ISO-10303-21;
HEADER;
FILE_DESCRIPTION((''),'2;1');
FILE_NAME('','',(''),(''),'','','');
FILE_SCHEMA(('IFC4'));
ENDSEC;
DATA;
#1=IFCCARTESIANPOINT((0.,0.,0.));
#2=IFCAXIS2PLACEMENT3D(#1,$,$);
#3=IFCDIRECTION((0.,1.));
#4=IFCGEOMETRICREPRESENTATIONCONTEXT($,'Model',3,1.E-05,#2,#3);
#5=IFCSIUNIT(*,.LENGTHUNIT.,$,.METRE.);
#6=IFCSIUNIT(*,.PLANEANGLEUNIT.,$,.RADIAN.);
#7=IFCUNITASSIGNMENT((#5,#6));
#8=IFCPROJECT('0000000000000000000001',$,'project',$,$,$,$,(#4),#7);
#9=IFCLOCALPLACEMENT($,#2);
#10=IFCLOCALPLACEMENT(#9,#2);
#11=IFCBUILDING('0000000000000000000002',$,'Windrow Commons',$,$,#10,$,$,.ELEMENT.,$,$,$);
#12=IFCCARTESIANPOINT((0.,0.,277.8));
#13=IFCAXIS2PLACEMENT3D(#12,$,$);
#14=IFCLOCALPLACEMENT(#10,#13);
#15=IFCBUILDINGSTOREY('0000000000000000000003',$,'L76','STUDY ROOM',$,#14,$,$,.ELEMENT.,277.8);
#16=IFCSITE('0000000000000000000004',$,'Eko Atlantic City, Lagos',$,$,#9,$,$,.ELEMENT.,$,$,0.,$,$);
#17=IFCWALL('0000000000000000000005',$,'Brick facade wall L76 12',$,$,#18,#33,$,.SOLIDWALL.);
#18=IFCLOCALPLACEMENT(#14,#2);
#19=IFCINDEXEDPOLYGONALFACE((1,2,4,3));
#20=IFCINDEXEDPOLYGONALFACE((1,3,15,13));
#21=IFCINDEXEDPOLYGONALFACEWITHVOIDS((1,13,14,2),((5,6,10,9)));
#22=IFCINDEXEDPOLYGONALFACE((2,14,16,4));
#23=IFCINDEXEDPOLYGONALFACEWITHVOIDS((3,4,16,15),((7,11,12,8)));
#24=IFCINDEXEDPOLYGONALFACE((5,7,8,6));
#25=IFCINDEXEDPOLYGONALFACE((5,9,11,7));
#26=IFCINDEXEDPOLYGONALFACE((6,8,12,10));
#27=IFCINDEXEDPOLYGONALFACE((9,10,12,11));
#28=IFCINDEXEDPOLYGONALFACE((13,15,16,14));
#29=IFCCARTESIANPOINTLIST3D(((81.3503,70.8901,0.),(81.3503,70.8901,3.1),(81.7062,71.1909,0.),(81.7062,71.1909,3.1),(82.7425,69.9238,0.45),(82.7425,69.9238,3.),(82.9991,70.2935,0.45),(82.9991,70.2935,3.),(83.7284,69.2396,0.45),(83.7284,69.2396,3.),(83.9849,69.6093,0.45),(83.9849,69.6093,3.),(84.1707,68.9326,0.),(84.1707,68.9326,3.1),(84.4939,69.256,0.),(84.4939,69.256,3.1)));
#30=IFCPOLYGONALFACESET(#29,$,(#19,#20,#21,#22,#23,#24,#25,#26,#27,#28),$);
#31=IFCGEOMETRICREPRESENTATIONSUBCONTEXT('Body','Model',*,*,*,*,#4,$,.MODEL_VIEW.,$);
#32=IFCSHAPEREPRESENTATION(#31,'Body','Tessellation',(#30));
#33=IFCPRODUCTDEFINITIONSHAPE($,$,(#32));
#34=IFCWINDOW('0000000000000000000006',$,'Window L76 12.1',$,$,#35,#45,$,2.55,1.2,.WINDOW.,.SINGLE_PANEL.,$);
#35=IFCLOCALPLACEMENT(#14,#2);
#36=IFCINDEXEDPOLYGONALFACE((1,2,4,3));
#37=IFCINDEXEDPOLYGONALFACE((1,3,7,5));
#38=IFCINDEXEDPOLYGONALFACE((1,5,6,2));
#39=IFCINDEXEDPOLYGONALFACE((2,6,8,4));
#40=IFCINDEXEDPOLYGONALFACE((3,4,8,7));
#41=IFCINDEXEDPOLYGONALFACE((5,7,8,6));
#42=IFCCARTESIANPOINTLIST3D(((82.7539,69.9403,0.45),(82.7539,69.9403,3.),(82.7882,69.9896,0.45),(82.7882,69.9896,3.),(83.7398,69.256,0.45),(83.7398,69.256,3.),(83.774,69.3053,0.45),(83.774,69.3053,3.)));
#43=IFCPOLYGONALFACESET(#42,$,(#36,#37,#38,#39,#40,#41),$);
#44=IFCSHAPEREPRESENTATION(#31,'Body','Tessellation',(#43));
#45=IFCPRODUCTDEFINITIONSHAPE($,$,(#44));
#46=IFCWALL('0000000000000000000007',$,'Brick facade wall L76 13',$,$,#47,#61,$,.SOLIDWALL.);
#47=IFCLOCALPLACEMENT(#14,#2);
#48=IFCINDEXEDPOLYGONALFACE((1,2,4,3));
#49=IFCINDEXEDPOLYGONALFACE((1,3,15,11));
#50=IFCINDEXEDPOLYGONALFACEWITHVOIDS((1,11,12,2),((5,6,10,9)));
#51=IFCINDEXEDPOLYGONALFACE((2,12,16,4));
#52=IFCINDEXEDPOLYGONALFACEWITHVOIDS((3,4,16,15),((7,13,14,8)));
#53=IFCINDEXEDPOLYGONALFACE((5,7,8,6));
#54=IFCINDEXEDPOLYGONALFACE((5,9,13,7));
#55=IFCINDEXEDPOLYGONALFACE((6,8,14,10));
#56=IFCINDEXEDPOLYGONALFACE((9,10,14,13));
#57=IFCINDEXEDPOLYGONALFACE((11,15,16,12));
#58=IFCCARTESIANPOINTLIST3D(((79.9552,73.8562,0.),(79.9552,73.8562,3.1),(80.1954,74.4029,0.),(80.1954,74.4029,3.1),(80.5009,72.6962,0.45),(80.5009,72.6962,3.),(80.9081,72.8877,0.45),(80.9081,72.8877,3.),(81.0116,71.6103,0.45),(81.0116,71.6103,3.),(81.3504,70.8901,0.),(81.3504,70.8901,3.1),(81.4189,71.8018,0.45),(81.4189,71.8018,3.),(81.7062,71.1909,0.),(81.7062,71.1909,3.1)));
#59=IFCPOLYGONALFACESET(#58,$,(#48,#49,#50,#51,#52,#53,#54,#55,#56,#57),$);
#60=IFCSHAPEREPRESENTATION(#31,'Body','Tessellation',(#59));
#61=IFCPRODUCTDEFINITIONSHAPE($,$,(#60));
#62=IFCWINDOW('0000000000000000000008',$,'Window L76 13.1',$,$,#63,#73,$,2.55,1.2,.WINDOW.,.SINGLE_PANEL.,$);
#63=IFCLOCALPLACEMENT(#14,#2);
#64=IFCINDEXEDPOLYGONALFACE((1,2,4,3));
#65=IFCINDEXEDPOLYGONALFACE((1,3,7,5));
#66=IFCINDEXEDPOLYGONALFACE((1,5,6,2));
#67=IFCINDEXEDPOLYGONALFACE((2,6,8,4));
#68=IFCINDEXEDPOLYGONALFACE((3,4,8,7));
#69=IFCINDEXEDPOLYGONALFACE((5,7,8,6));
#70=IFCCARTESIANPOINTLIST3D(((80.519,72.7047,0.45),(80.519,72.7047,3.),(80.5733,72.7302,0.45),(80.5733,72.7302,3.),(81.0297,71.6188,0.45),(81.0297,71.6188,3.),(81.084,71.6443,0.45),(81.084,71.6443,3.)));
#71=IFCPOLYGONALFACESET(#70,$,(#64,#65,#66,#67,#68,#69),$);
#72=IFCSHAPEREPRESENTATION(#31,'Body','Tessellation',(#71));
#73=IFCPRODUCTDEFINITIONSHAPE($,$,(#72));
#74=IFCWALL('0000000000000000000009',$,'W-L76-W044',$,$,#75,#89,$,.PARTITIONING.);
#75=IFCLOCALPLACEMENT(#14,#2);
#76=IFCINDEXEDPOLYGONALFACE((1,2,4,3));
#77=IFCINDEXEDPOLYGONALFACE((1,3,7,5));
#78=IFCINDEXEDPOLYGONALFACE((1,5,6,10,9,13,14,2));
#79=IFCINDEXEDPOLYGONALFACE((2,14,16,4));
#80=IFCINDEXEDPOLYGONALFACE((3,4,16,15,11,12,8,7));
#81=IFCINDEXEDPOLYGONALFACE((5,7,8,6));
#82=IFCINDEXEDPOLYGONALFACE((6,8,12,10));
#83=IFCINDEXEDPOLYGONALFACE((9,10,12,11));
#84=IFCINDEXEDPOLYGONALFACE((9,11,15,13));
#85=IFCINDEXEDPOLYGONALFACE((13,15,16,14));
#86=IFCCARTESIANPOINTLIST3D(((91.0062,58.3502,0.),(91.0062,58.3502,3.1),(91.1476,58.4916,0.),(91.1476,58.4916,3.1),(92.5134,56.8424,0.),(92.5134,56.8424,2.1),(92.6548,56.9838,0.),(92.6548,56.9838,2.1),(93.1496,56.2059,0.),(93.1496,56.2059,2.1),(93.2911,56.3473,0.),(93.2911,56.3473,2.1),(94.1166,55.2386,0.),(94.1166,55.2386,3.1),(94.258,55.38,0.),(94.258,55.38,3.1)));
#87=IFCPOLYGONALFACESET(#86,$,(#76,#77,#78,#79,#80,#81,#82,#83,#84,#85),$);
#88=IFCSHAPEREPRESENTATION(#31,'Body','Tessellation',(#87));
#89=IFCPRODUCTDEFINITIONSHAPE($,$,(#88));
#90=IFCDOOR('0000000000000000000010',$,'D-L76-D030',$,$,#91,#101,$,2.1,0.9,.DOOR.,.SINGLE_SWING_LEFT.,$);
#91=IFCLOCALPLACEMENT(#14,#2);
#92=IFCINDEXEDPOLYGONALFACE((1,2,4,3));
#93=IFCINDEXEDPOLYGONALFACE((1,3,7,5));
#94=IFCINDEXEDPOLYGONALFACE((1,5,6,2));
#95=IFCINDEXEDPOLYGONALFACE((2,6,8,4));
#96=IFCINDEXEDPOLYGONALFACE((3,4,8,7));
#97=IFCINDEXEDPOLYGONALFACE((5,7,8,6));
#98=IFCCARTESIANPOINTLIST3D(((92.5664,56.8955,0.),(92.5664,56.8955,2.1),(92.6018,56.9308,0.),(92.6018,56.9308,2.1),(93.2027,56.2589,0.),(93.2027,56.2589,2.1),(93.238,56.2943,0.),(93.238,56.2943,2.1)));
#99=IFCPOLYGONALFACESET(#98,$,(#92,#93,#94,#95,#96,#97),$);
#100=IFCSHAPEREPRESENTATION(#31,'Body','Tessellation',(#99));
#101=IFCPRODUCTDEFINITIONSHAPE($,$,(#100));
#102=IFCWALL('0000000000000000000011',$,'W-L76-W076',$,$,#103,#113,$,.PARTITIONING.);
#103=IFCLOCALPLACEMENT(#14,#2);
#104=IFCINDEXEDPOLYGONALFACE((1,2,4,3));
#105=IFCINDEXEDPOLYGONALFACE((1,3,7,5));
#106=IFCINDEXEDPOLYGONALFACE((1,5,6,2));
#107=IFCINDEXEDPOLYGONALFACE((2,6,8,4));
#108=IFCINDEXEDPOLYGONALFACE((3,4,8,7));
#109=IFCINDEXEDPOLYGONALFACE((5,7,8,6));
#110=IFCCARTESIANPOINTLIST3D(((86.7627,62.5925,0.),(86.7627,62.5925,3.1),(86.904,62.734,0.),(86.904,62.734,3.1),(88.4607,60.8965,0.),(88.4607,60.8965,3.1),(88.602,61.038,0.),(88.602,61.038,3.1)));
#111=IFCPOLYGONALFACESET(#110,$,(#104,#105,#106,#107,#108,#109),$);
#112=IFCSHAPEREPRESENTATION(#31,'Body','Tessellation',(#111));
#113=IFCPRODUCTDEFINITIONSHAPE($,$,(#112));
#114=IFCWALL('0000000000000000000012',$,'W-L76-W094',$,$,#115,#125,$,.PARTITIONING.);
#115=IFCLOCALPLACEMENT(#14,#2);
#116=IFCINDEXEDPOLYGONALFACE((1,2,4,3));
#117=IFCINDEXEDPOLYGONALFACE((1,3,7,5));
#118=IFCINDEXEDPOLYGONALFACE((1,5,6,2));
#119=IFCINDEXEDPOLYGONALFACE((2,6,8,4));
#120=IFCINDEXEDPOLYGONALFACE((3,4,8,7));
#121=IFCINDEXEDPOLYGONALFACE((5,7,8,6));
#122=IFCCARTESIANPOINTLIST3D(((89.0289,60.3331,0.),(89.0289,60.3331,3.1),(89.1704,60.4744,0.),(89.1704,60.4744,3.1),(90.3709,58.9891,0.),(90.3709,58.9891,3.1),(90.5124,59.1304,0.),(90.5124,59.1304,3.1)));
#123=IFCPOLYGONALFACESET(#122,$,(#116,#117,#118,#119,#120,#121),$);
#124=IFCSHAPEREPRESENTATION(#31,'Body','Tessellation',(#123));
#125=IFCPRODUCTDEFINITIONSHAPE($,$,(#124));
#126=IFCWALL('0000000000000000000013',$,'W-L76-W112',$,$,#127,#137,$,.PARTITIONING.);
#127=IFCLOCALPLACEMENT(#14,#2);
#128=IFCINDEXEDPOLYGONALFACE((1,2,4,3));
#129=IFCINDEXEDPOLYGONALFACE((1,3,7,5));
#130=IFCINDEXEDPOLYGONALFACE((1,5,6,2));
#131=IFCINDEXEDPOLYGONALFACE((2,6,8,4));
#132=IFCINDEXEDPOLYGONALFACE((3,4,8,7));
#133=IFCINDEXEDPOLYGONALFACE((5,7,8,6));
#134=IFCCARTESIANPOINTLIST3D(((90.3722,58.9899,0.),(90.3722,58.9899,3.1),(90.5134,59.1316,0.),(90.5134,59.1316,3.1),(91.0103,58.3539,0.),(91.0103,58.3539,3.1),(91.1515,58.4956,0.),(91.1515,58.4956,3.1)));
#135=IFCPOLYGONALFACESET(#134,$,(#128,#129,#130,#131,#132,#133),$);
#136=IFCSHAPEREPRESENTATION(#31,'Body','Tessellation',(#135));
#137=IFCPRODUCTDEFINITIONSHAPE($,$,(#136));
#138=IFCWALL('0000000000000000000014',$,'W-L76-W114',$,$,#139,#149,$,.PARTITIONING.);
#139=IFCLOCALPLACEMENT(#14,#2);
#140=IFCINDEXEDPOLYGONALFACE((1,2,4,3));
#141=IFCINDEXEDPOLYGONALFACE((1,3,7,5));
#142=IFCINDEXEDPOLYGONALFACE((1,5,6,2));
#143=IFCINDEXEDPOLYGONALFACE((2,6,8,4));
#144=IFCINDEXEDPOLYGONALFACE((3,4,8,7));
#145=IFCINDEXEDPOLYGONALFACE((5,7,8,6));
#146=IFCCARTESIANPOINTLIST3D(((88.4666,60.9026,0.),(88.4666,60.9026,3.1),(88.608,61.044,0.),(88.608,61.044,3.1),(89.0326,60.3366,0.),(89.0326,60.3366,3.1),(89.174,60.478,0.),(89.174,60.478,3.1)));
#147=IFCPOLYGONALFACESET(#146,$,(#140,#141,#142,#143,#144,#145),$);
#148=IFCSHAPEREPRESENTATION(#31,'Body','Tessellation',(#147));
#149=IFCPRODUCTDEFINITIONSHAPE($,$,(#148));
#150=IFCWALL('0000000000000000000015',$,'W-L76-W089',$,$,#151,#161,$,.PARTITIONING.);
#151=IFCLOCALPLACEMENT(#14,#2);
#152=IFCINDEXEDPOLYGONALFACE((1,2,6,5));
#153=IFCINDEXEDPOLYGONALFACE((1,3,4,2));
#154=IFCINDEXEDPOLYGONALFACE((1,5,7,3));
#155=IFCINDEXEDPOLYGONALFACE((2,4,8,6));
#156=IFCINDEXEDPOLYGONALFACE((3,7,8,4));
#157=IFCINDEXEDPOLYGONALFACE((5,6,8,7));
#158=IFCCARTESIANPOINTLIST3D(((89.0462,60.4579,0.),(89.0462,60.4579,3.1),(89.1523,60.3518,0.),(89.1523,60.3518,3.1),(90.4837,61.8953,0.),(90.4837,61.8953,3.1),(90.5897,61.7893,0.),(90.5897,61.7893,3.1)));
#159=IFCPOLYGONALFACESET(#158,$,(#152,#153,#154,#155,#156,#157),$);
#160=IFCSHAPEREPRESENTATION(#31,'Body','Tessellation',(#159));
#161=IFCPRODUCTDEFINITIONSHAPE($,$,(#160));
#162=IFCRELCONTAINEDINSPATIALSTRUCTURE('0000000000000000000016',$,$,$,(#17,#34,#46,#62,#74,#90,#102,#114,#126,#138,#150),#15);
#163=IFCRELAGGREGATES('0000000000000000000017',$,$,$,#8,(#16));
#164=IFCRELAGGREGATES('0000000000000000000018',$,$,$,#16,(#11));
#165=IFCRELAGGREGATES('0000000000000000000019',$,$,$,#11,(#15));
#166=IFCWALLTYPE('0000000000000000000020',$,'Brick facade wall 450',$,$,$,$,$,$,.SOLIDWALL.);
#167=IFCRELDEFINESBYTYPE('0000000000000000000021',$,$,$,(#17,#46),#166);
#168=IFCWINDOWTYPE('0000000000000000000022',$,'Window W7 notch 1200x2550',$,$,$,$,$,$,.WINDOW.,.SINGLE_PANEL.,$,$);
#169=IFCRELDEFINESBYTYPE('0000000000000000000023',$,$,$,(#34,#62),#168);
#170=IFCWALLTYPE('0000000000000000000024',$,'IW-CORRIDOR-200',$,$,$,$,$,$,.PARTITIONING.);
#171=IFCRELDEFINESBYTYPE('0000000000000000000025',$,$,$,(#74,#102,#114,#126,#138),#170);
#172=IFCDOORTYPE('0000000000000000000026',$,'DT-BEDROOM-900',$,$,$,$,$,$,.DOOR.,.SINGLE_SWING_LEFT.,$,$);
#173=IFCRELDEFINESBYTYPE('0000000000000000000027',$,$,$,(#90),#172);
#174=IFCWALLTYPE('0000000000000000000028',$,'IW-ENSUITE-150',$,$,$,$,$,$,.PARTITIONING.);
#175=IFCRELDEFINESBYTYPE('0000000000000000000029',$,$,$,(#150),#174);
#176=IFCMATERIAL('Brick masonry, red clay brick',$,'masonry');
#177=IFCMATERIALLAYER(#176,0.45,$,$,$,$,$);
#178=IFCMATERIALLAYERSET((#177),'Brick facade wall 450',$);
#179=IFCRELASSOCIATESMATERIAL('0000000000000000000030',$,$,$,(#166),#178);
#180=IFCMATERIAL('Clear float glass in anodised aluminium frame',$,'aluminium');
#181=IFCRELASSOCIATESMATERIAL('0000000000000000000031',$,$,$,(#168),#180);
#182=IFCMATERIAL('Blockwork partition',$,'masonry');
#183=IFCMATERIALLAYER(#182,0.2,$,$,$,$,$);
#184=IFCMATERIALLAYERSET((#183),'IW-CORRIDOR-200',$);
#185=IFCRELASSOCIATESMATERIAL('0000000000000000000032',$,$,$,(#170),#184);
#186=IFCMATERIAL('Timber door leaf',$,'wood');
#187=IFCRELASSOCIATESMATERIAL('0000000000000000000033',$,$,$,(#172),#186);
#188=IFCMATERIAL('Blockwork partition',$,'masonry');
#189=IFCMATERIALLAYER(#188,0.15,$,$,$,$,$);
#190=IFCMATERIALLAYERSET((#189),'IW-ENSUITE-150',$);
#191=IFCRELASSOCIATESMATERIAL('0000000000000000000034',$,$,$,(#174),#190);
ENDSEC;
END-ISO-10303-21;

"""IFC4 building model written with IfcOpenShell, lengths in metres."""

from ifc_helpers import new_model, si_unit, direction, frame, frame_2d, origin, place, context, subcontext, project, spatial, polyline, rectangle, outline, extrude, material, layer, layer_set, type_object, element, fill, save


model = new_model("IFC4")

# Units and contexts
model_context = context("Model", 3, precision=1e-05, world=origin(), true_north=direction((0.0, 1.0)))
body_context = subcontext(model_context, "Body", "Model", "MODEL_VIEW")
ifc_project = project(units=[si_unit("LENGTHUNIT", "METRE"), si_unit("PLANEANGLEUNIT", "RADIAN")], contexts=[model_context])

# Site, building, storey
site_placement = place(None, origin())
site = spatial("IfcSite", under=ifc_project, at=site_placement, Name="Eko Atlantic City, Lagos", CompositionType="ELEMENT", RefElevation=0.0)
building_placement = place(site_placement, origin())
building = spatial("IfcBuilding", under=site, at=building_placement, Name="Windrow Commons", CompositionType="ELEMENT")
storey_placement = place(building_placement, frame((0.0, 0.0, 277.8)))
storey = spatial("IfcBuildingStorey", under=building, at=storey_placement, Name="L76", Description="STUDY ROOM", CompositionType="ELEMENT", Elevation=277.8)

# Walls, openings, windows
ifc_material_1 = material(Name="Brick masonry, red clay brick", Category="masonry")
ifc_layer_1 = layer(ifc_material_1, 0.45)
ifc_layer_set_1 = layer_set([ifc_layer_1], Name="Brick facade wall 450")
wall_type_1 = type_object("IfcWallType", Name="Brick facade wall 450", PredefinedType="SOLIDWALL", material=ifc_layer_set_1)
ifc_material_2 = material(Name="Clear float glass in anodised aluminium frame", Category="aluminium")
window_type = type_object("IfcWindowType", Name="Window W7 notch 1200x2550", PartitioningType="SINGLE_PANEL", PredefinedType="WINDOW", material=ifc_material_2)
wall_1_placement = place(storey_placement, frame((84.3323, 69.0943, 0.0), z_axis=(0.0, 0.0, 1.0), x_axis=(-0.82151, 0.570194, 0.0)))
wall_1 = element("IfcWall", 1, at=wall_1_placement, inside=storey, type_object=wall_type_1, Name="Brick facade wall L76 12", PredefinedType="SOLIDWALL", context=body_context, shape_type="SweptSolid", body=[
    extrude(outline(polyline([(-0.0406, -0.225), (3.3529, -0.225), (3.4737, 0.225), (0.0406, 0.225), (-0.0406, -0.225)])), origin(), (0.0, 0.0, 1.0), 3.1),
])
opening_1_placement = place(wall_1_placement, frame((0.579, 0.0, 0.45)))
opening_1 = element("IfcOpeningElement", 2, at=opening_1_placement, cuts=wall_1, PredefinedType="OPENING", context=body_context, shape_type="SweptSolid", body=[
    extrude(rectangle(XDim=1.2, YDim=2.55, at=frame_2d((0.6, 1.275))), frame((0.0, 0.235, 0.0), z_axis=(0.0, -1.0, 0.0), x_axis=(1.0, 0.0, 0.0)), (0.0, 0.0, 1.0), 0.47),
])
window_1_placement = place(opening_1_placement, origin())
window_1 = element("IfcWindow", 3, at=window_1_placement, inside=storey, type_object=window_type, Name="Window L76 12.1", OverallHeight=2.55, OverallWidth=1.2, PartitioningType="SINGLE_PANEL", PredefinedType="WINDOW", context=body_context, shape_type="SweptSolid", body=[
    extrude(rectangle(XDim=1.2, YDim=2.55, at=frame_2d((0.6, 1.275))), frame((0.0, 0.205, 0.0), z_axis=(0.0, -1.0, 0.0), x_axis=(1.0, 0.0, 0.0)), (0.0, 0.0, 1.0), 0.06),
])
fill(opening_1, window_1)
wall_2_placement = place(storey_placement, frame((81.5283, 71.0405, 0.0), z_axis=(0.0, 0.0, 1.0), x_axis=(-0.425631, 0.904897, 0.0)))
wall_2 = element("IfcWall", 4, at=wall_2_placement, inside=storey, type_object=wall_type_1, Name="Brick facade wall L76 13", PredefinedType="SOLIDWALL", context=body_context, shape_type="SweptSolid", body=[
    extrude(outline(polyline([(0.0604, -0.225), (3.61, -0.225), (3.2175, 0.225), (-0.0604, 0.225), (0.0604, -0.225)])), origin(), (0.0, 0.0, 1.0), 3.1),
])
opening_2_placement = place(wall_2_placement, frame((0.7355, 0.0, 0.45)))
opening_2 = element("IfcOpeningElement", 5, at=opening_2_placement, cuts=wall_2, PredefinedType="OPENING", context=body_context, shape_type="SweptSolid", body=[
    extrude(rectangle(XDim=1.2, YDim=2.55, at=frame_2d((0.6, 1.275))), frame((0.0, 0.235, 0.0), z_axis=(0.0, -1.0, 0.0), x_axis=(1.0, 0.0, 0.0)), (0.0, 0.0, 1.0), 0.47),
])
window_2_placement = place(opening_2_placement, origin())
window_2 = element("IfcWindow", 6, at=window_2_placement, inside=storey, type_object=window_type, Name="Window L76 13.1", OverallHeight=2.55, OverallWidth=1.2, PartitioningType="SINGLE_PANEL", PredefinedType="WINDOW", context=body_context, shape_type="SweptSolid", body=[
    extrude(rectangle(XDim=1.2, YDim=2.55, at=frame_2d((0.6, 1.275))), frame((0.0, 0.205, 0.0), z_axis=(0.0, -1.0, 0.0), x_axis=(1.0, 0.0, 0.0)), (0.0, 0.0, 1.0), 0.06),
])
fill(opening_2, window_2)

# Wall, opening, door
ifc_material_3 = material(Name="Blockwork partition", Category="masonry")
ifc_layer_2 = layer(ifc_material_3, 0.2)
ifc_layer_set_2 = layer_set([ifc_layer_2], Name="IW-CORRIDOR-200")
wall_type_2 = type_object("IfcWallType", Name="IW-CORRIDOR-200", PredefinedType="PARTITIONING", material=ifc_layer_set_2)
wall_3_placement = place(storey_placement, frame((91.0769, 58.4209, 0.0), z_axis=(0.0, 0.0, 1.0), x_axis=(0.70697, -0.707243, 0.0)))
wall_3 = element("IfcWall", 7, at=wall_3_placement, inside=storey, type_object=wall_type_2, Name="W-L76-W044", PredefinedType="PARTITIONING", context=body_context, shape_type="SweptSolid", body=[
    extrude(rectangle(XDim=4.3996, YDim=0.2, at=frame_2d((2.1998, 0.0))), origin(), (0.0, 0.0, 1.0), 3.1),
])
opening_3_placement = place(wall_3_placement, frame((2.1319, 0.0, 0.0)))
opening_3 = element("IfcOpeningElement", 8, at=opening_3_placement, cuts=wall_3, PredefinedType="OPENING", context=body_context, shape_type="SweptSolid", body=[
    extrude(rectangle(XDim=0.9, YDim=2.1, at=frame_2d((0.45, 1.05))), frame((0.0, 0.11, 0.0), z_axis=(0.0, -1.0, 0.0), x_axis=(1.0, 0.0, 0.0)), (0.0, 0.0, 1.0), 0.22),
])
ifc_material_4 = material(Name="Timber door leaf", Category="wood")
door_type_1 = type_object("IfcDoorType", Name="DT-BEDROOM-900", OperationType="SINGLE_SWING_LEFT", PredefinedType="DOOR", material=ifc_material_4)
door_1_placement = place(opening_3_placement, origin())
door_1 = element("IfcDoor", 9, at=door_1_placement, inside=storey, type_object=door_type_1, Name="D-L76-D030", OperationType="SINGLE_SWING_LEFT", OverallHeight=2.1, OverallWidth=0.9, PredefinedType="DOOR", context=body_context, shape_type="SweptSolid", body=[
    extrude(rectangle(XDim=0.9, YDim=2.1, at=frame_2d((0.45, 1.05))), frame((0.0, 0.025, 0.0), z_axis=(0.0, -1.0, 0.0), x_axis=(1.0, 0.0, 0.0)), (0.0, 0.0, 1.0), 0.05),
])
fill(opening_3, door_1)

# Walls
wall_4_placement = place(storey_placement, frame((86.8333, 62.6633, 0.0), z_axis=(0.0, 0.0, 1.0), x_axis=(0.707523, -0.70669, 0.0)))
element("IfcWall", 10, at=wall_4_placement, inside=storey, type_object=wall_type_2, Name="W-L76-W076", PredefinedType="PARTITIONING", context=body_context, shape_type="SweptSolid", body=[
    extrude(rectangle(XDim=2.3999, YDim=0.2, at=frame_2d((1.2, 0.0))), origin(), (0.0, 0.0, 1.0), 3.1),
])
wall_5_placement = place(storey_placement, frame((89.0997, 60.4037, 0.0), z_axis=(0.0, 0.0, 1.0), x_axis=(0.70658, -0.707633, 0.0)))
element("IfcWall", 11, at=wall_5_placement, inside=storey, type_object=wall_type_2, Name="W-L76-W094", PredefinedType="PARTITIONING", context=body_context, shape_type="SweptSolid", body=[
    extrude(rectangle(XDim=1.8993, YDim=0.2, at=frame_2d((0.9496, 0.0))), origin(), (0.0, 0.0, 1.0), 3.1),
])
wall_6_placement = place(storey_placement, frame((90.4428, 59.0608, 0.0), z_axis=(0.0, 0.0, 1.0), x_axis=(0.708216, -0.705996, 0.0)))
element("IfcWall", 12, at=wall_6_placement, inside=storey, type_object=wall_type_2, Name="W-L76-W112", PredefinedType="PARTITIONING", context=body_context, shape_type="SweptSolid", body=[
    extrude(rectangle(XDim=0.9009, YDim=0.2, at=frame_2d((0.4505, 0.0))), origin(), (0.0, 0.0, 1.0), 3.1),
])
wall_7_placement = place(storey_placement, frame((88.5373, 60.9733, 0.0), z_axis=(0.0, 0.0, 1.0), x_axis=(0.707107, -0.707107, 0.0)))
element("IfcWall", 13, at=wall_7_placement, inside=storey, type_object=wall_type_2, Name="W-L76-W114", PredefinedType="PARTITIONING", context=body_context, shape_type="SweptSolid", body=[
    extrude(rectangle(XDim=0.8004, YDim=0.2, at=frame_2d((0.4002, 0.0))), origin(), (0.0, 0.0, 1.0), 3.1),
])
ifc_material_5 = material(Name="Blockwork partition", Category="masonry")
ifc_layer_3 = layer(ifc_material_5, 0.15)
ifc_layer_set_3 = layer_set([ifc_layer_3], Name="IW-ENSUITE-150")
wall_type_3 = type_object("IfcWallType", Name="IW-ENSUITE-150", PredefinedType="PARTITIONING", material=ifc_layer_set_3)
wall_8_placement = place(storey_placement, frame((89.0992, 60.4048, 0.0), z_axis=(0.0, 0.0, 1.0), x_axis=(0.707107, 0.707107, 0.0)))
element("IfcWall", 14, at=wall_8_placement, inside=storey, type_object=wall_type_3, Name="W-L76-W089", PredefinedType="PARTITIONING", context=body_context, shape_type="SweptSolid", body=[
    extrude(rectangle(XDim=2.0329, YDim=0.15, at=frame_2d((1.0165, 0.0))), origin(), (0.0, 0.0, 1.0), 3.1),
])

save(model, "model.ifc")
